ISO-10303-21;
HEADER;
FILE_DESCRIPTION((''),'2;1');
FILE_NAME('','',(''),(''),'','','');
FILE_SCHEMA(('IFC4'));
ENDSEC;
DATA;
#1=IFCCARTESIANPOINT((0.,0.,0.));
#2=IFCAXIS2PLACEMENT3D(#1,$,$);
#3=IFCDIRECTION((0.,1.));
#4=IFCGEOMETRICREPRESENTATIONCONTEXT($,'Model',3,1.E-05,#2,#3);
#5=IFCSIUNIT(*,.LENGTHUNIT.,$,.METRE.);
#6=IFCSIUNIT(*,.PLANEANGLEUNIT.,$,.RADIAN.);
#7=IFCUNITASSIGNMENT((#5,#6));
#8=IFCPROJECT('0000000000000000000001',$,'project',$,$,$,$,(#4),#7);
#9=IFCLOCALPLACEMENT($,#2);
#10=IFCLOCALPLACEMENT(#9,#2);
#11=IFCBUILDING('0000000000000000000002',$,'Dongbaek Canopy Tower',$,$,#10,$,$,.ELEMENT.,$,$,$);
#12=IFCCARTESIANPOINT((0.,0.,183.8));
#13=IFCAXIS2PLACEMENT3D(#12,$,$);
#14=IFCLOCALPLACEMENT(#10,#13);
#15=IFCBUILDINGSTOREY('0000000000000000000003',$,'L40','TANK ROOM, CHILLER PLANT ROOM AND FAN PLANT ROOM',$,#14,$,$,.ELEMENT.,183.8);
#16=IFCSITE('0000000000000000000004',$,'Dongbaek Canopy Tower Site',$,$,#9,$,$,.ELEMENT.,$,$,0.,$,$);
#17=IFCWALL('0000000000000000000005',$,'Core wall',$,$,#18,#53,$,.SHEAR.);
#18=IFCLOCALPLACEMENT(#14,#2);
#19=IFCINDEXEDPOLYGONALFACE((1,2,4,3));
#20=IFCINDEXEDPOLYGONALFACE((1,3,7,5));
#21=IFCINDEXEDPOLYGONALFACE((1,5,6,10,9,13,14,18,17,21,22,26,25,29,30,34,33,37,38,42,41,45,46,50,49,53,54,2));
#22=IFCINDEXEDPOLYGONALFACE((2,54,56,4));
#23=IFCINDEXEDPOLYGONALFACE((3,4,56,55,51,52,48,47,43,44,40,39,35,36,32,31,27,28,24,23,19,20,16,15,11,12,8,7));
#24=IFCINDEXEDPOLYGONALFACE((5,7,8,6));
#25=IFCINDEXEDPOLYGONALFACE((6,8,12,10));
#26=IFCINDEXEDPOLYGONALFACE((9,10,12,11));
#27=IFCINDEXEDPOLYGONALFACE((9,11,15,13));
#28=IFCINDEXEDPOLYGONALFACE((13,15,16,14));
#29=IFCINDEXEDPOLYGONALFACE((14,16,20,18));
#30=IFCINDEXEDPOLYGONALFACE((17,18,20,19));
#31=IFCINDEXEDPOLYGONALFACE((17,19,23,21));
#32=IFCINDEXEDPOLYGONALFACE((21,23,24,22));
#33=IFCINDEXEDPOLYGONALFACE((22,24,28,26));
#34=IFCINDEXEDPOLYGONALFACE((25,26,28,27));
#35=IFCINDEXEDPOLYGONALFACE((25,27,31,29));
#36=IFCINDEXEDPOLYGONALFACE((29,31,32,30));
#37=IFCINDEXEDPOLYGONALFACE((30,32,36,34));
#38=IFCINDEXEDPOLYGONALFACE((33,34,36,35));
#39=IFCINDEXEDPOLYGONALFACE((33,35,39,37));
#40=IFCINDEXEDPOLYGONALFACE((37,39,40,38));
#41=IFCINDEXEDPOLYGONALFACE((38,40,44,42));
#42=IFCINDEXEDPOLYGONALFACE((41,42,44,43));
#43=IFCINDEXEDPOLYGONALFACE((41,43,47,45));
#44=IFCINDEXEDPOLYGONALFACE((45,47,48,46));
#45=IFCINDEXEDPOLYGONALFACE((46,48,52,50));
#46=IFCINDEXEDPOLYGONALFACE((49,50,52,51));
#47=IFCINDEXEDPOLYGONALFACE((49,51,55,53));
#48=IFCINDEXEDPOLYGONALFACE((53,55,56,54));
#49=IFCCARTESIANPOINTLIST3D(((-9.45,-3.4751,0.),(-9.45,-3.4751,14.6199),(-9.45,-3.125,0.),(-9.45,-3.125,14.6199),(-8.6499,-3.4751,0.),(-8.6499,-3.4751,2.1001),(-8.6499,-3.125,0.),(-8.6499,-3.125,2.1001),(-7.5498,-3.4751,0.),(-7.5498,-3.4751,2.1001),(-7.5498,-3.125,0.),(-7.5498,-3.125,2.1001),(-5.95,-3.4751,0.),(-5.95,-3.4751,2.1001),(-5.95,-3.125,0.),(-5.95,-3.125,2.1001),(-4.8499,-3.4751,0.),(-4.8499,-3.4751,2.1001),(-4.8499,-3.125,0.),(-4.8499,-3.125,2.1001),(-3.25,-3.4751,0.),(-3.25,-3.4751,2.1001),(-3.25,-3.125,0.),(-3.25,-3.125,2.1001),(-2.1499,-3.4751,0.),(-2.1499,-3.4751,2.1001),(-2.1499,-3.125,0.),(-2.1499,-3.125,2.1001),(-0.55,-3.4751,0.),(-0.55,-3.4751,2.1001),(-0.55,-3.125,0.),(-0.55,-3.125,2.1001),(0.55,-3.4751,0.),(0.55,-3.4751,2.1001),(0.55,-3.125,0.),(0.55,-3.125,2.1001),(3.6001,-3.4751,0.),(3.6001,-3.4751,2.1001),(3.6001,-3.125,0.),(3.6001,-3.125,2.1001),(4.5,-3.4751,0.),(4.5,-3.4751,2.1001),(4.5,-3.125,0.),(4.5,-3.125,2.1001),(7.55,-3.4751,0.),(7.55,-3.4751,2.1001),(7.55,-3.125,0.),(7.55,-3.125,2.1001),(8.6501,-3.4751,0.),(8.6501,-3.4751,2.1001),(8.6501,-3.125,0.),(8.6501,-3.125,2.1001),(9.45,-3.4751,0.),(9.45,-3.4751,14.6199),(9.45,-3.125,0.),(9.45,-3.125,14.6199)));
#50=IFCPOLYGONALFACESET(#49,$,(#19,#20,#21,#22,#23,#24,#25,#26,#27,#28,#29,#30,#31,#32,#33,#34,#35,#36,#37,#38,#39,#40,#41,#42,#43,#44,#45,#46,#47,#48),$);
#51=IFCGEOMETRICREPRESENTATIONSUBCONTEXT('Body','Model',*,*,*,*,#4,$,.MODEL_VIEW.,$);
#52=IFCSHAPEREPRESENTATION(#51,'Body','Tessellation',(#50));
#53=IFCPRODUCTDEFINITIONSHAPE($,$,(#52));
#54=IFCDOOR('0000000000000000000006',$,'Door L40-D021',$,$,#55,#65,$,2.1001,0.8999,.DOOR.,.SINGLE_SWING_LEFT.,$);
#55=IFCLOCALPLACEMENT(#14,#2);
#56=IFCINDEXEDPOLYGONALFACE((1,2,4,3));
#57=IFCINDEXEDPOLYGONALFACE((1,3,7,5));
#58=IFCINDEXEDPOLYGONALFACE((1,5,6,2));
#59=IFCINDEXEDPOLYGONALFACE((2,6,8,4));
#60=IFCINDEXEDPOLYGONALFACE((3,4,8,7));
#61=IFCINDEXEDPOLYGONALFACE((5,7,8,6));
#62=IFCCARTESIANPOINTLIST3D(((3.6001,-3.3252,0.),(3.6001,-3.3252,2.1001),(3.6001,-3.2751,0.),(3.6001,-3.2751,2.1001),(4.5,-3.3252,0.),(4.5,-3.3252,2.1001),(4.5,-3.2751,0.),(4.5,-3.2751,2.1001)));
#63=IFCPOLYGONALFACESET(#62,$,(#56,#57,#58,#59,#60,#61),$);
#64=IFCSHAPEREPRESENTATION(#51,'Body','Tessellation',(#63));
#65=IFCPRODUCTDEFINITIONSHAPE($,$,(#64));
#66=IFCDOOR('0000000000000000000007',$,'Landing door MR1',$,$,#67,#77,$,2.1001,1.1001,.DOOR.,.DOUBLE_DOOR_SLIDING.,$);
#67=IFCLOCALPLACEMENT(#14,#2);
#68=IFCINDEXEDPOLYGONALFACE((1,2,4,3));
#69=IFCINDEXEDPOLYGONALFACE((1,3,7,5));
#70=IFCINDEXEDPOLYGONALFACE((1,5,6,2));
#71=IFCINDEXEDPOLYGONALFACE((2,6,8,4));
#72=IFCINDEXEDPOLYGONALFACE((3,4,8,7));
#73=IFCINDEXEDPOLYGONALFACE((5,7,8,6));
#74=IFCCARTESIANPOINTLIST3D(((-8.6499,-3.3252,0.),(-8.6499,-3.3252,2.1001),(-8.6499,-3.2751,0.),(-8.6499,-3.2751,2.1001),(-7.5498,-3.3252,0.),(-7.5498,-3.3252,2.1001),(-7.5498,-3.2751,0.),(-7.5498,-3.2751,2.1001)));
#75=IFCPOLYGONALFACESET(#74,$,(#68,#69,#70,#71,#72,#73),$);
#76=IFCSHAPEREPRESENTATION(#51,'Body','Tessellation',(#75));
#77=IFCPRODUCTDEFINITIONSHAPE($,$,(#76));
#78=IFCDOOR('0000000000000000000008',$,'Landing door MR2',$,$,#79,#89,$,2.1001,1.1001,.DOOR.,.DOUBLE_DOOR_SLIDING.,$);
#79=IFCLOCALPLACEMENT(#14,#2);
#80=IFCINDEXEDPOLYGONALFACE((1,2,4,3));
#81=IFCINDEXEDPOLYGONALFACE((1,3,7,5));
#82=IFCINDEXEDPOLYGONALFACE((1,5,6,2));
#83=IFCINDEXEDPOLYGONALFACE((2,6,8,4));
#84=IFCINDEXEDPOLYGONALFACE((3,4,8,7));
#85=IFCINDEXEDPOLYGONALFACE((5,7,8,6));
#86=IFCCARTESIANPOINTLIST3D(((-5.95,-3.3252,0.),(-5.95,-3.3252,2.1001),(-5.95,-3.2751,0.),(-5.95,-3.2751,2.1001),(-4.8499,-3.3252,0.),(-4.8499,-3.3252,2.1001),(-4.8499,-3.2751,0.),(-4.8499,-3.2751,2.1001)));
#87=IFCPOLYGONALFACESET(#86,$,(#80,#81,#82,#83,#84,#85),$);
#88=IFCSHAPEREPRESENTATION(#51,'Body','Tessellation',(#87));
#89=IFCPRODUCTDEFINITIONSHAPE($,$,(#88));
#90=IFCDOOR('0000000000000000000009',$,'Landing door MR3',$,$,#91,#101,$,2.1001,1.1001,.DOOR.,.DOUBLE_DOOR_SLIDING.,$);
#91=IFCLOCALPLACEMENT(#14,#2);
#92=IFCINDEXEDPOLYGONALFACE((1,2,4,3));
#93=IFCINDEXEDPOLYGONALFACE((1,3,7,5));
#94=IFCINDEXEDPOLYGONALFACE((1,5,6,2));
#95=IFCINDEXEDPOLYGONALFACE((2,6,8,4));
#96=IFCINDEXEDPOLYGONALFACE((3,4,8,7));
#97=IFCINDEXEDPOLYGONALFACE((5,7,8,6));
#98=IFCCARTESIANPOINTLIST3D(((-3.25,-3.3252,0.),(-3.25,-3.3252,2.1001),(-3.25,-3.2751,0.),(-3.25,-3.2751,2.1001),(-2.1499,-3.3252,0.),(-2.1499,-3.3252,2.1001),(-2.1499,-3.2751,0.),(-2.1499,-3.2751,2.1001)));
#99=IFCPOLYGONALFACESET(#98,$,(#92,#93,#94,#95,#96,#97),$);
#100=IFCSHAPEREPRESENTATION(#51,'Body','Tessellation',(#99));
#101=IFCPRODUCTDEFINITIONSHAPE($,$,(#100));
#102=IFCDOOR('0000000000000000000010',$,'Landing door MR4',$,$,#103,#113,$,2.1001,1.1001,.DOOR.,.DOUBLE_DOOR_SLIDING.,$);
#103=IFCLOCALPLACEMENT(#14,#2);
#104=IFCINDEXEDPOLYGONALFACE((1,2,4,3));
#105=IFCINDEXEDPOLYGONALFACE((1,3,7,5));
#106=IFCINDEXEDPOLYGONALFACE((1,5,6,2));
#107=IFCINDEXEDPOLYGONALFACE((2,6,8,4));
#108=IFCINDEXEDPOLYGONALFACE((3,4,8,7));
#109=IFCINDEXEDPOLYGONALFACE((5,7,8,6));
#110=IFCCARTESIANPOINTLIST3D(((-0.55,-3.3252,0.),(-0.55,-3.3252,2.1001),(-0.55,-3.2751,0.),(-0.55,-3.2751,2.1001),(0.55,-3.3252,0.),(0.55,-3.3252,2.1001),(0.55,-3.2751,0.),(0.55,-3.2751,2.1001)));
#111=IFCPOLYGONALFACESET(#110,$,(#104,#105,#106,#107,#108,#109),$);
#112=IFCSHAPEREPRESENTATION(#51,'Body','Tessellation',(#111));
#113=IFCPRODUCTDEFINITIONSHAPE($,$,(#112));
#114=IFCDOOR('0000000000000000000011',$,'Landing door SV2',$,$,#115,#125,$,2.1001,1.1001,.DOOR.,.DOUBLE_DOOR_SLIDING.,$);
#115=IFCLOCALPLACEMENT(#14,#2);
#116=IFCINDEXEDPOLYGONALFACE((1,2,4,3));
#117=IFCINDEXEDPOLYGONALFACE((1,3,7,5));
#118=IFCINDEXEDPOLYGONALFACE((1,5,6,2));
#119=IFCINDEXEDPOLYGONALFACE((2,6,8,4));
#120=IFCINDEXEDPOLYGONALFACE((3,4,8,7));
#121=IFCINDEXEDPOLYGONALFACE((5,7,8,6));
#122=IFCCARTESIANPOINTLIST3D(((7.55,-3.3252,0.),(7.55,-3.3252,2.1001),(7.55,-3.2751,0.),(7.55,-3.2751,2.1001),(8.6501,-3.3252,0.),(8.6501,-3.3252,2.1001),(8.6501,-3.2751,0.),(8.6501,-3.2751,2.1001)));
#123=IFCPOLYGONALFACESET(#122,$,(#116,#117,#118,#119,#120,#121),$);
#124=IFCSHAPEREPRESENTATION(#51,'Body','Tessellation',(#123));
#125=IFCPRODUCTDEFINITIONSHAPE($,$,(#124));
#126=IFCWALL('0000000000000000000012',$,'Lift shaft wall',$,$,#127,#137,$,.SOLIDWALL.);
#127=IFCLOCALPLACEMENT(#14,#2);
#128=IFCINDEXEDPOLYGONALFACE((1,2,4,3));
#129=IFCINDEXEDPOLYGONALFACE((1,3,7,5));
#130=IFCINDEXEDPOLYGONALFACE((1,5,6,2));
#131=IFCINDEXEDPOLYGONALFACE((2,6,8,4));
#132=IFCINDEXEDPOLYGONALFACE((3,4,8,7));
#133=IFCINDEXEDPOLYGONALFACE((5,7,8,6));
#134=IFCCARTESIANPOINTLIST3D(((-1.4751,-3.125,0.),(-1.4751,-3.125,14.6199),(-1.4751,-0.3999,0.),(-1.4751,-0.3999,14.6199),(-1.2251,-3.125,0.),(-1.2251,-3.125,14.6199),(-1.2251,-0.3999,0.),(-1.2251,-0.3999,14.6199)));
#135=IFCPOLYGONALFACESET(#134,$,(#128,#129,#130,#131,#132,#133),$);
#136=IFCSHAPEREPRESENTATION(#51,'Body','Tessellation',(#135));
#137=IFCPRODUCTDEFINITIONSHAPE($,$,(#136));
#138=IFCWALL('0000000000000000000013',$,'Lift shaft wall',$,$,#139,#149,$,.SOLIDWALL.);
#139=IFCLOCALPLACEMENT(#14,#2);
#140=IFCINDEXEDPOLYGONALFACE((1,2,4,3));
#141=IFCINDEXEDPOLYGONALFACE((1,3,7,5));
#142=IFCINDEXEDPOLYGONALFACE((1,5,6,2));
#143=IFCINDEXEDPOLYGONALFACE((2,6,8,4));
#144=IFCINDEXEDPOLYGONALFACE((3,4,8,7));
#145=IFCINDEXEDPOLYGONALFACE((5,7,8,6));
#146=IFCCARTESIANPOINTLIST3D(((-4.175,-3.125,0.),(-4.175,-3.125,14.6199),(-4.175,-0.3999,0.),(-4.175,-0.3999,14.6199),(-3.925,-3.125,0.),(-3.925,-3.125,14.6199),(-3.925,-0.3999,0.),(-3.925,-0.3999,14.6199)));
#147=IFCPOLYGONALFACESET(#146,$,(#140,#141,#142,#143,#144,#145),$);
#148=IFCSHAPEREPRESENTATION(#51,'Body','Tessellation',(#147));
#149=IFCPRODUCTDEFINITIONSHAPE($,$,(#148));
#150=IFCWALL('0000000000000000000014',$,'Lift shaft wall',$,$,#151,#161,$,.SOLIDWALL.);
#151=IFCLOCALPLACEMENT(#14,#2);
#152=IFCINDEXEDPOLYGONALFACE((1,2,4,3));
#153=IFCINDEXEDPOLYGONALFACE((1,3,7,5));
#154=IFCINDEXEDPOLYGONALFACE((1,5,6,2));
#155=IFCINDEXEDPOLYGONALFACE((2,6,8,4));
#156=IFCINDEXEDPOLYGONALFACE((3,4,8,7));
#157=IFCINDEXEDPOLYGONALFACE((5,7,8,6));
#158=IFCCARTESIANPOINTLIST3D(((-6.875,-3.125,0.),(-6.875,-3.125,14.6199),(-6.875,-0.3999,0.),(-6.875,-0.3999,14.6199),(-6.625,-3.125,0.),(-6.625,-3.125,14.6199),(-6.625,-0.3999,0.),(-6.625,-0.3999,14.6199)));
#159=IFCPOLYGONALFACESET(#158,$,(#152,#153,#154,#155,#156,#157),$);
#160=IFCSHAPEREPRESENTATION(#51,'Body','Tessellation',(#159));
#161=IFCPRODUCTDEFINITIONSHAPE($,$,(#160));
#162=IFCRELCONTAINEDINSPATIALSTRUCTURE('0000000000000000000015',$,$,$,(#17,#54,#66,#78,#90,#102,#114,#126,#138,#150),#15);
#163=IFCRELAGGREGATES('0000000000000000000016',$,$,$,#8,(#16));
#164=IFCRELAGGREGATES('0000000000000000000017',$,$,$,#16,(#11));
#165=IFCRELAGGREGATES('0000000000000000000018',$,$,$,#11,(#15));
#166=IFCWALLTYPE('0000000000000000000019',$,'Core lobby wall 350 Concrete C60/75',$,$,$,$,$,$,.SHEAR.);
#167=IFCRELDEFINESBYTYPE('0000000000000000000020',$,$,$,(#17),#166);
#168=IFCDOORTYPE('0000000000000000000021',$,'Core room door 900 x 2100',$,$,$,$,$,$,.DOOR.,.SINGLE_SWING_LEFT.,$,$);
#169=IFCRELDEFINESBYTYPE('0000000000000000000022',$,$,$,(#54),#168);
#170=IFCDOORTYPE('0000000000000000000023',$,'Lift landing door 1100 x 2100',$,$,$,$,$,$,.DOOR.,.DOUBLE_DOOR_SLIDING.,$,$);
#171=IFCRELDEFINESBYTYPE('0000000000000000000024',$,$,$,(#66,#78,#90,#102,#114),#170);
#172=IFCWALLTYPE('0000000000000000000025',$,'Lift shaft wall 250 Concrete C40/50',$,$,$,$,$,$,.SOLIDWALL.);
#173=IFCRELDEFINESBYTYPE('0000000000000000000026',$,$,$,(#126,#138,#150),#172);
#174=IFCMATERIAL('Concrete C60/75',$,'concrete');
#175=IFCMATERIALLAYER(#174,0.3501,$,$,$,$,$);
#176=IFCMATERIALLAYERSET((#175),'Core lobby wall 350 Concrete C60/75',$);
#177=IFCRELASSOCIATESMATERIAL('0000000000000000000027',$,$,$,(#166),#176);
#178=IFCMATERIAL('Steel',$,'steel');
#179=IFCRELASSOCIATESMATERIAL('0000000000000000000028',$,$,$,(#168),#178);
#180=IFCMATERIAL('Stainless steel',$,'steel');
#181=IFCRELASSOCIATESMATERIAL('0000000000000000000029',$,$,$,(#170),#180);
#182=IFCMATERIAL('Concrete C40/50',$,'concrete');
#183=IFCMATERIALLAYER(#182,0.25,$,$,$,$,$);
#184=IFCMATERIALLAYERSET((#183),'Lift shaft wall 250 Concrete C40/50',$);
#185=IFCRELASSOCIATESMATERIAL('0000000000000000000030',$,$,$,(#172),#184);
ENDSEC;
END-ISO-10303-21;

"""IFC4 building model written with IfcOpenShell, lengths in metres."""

from ifc_helpers import new_model, si_unit, direction, frame, frame_2d, origin, place, context, subcontext, project, spatial, rectangle, extrude, material, layer, layer_set, type_object, element, fill, save


model = new_model("IFC4")

# Units and contexts
model_context = context("Model", 3, precision=1e-05, world=origin(), true_north=direction((0.0, 1.0)))
body_context = subcontext(model_context, "Body", "Model", "MODEL_VIEW")
ifc_project = project(units=[si_unit("LENGTHUNIT", "METRE"), si_unit("PLANEANGLEUNIT", "RADIAN")], contexts=[model_context])

# Site, building, storey
site_placement = place(None, origin())
site = spatial("IfcSite", under=ifc_project, at=site_placement, Name="Dongbaek Canopy Tower Site", CompositionType="ELEMENT", RefElevation=0.0)
building_placement = place(site_placement, origin())
building = spatial("IfcBuilding", under=site, at=building_placement, Name="Dongbaek Canopy Tower", CompositionType="ELEMENT")
storey_placement = place(building_placement, frame((0.0, 0.0, 183.8)))
storey = spatial("IfcBuildingStorey", under=building, at=storey_placement, Name="L40", Description="TANK ROOM, CHILLER PLANT ROOM AND FAN PLANT ROOM", CompositionType="ELEMENT", Elevation=183.8)

# Wall, openings, doors
ifc_material_1 = material(Name="Concrete C60/75", Category="concrete")
ifc_layer_1 = layer(ifc_material_1, 0.3501)
ifc_layer_set_1 = layer_set([ifc_layer_1], Name="Core lobby wall 350 Concrete C60/75")
wall_type_1 = type_object("IfcWallType", Name="Core lobby wall 350 Concrete C60/75", PredefinedType="SHEAR", material=ifc_layer_set_1)
wall_1_placement = place(storey_placement, frame((-9.45, -3.3, 0.0), z_axis=(0.0, 0.0, 1.0), x_axis=(1.0, 0.0, 0.0)))
wall_1 = element("IfcWall", 1, at=wall_1_placement, inside=storey, type_object=wall_type_1, Name="Core wall", PredefinedType="SHEAR", context=body_context, shape_type="SweptSolid", body=[
    extrude(rectangle(XDim=18.8999, YDim=0.3501, at=frame_2d((9.45, 0.0))), origin(), (0.0, 0.0, 1.0), 14.6199),
])
opening_1_placement = place(wall_1_placement, frame((0.8, 0.0, 0.0)))
opening_1 = element("IfcOpeningElement", 2, at=opening_1_placement, cuts=wall_1, PredefinedType="OPENING", context=body_context, shape_type="SweptSolid", body=[
    extrude(rectangle(XDim=1.1001, YDim=2.1001, at=frame_2d((0.55, 1.05))), frame((0.0, 0.1851, 0.0), z_axis=(0.0, -1.0, 0.0), x_axis=(1.0, 0.0, 0.0)), (0.0, 0.0, 1.0), 0.3701),
])
opening_2_placement = place(wall_1_placement, frame((3.5, 0.0, 0.0)))
opening_2 = element("IfcOpeningElement", 3, at=opening_2_placement, cuts=wall_1, PredefinedType="OPENING", context=body_context, shape_type="SweptSolid", body=[
    extrude(rectangle(XDim=1.1001, YDim=2.1001, at=frame_2d((0.55, 1.05))), frame((0.0, 0.1851, 0.0), z_axis=(0.0, -1.0, 0.0), x_axis=(1.0, 0.0, 0.0)), (0.0, 0.0, 1.0), 0.3701),
])
opening_3_placement = place(wall_1_placement, frame((6.2, 0.0, 0.0)))
opening_3 = element("IfcOpeningElement", 4, at=opening_3_placement, cuts=wall_1, PredefinedType="OPENING", context=body_context, shape_type="SweptSolid", body=[
    extrude(rectangle(XDim=1.1001, YDim=2.1001, at=frame_2d((0.55, 1.05))), frame((0.0, 0.1851, 0.0), z_axis=(0.0, -1.0, 0.0), x_axis=(1.0, 0.0, 0.0)), (0.0, 0.0, 1.0), 0.3701),
])
opening_4_placement = place(wall_1_placement, frame((8.8999, 0.0, 0.0)))
opening_4 = element("IfcOpeningElement", 5, at=opening_4_placement, cuts=wall_1, PredefinedType="OPENING", context=body_context, shape_type="SweptSolid", body=[
    extrude(rectangle(XDim=1.1001, YDim=2.1001, at=frame_2d((0.55, 1.05))), frame((0.0, 0.1851, 0.0), z_axis=(0.0, -1.0, 0.0), x_axis=(1.0, 0.0, 0.0)), (0.0, 0.0, 1.0), 0.3701),
])
opening_5_placement = place(wall_1_placement, frame((17.0, 0.0, 0.0)))
opening_5 = element("IfcOpeningElement", 6, at=opening_5_placement, cuts=wall_1, PredefinedType="OPENING", context=body_context, shape_type="SweptSolid", body=[
    extrude(rectangle(XDim=1.1001, YDim=2.1001, at=frame_2d((0.55, 1.05))), frame((0.0, 0.1851, 0.0), z_axis=(0.0, -1.0, 0.0), x_axis=(1.0, 0.0, 0.0)), (0.0, 0.0, 1.0), 0.3701),
])
opening_6_placement = place(wall_1_placement, frame((13.05, 0.0, 0.0)))
opening_6 = element("IfcOpeningElement", 7, at=opening_6_placement, cuts=wall_1, PredefinedType="OPENING", context=body_context, shape_type="SweptSolid", body=[
    extrude(rectangle(XDim=0.8999, YDim=2.1001, at=frame_2d((0.45, 1.05))), frame((0.0, 0.1851, 0.0), z_axis=(0.0, -1.0, 0.0), x_axis=(1.0, 0.0, 0.0)), (0.0, 0.0, 1.0), 0.3701),
])
ifc_material_2 = material(Name="Steel", Category="steel")
door_type_1 = type_object("IfcDoorType", Name="Core room door 900 x 2100", OperationType="SINGLE_SWING_LEFT", PredefinedType="DOOR", material=ifc_material_2)
door_1_placement = place(opening_6_placement, origin())
door_1 = element("IfcDoor", 8, at=door_1_placement, inside=storey, type_object=door_type_1, Name="Door L40-D021", OperationType="SINGLE_SWING_LEFT", OverallHeight=2.1001, OverallWidth=0.8999, PredefinedType="DOOR", context=body_context, shape_type="SweptSolid", body=[
    extrude(rectangle(XDim=0.8999, YDim=2.1001, at=frame_2d((0.45, 1.05))), frame((0.0, 0.0249, 0.0), z_axis=(0.0, -1.0, 0.0), x_axis=(1.0, 0.0, 0.0)), (0.0, 0.0, 1.0), 0.05),
])
fill(opening_6, door_1)
ifc_material_3 = material(Name="Stainless steel", Category="steel")
door_type_2 = type_object("IfcDoorType", Name="Lift landing door 1100 x 2100", OperationType="DOUBLE_DOOR_SLIDING", PredefinedType="DOOR", material=ifc_material_3)
door_2_placement = place(opening_1_placement, origin())
door_2 = element("IfcDoor", 9, at=door_2_placement, inside=storey, type_object=door_type_2, Name="Landing door MR1", OperationType="DOUBLE_DOOR_SLIDING", OverallHeight=2.1001, OverallWidth=1.1001, PredefinedType="DOOR", context=body_context, shape_type="SweptSolid", body=[
    extrude(rectangle(XDim=1.1001, YDim=2.1001, at=frame_2d((0.55, 1.05))), frame((0.0, 0.0249, 0.0), z_axis=(0.0, -1.0, 0.0), x_axis=(1.0, 0.0, 0.0)), (0.0, 0.0, 1.0), 0.05),
])
fill(opening_1, door_2)
door_3_placement = place(opening_2_placement, origin())
door_3 = element("IfcDoor", 10, at=door_3_placement, inside=storey, type_object=door_type_2, Name="Landing door MR2", OperationType="DOUBLE_DOOR_SLIDING", OverallHeight=2.1001, OverallWidth=1.1001, PredefinedType="DOOR", context=body_context, shape_type="SweptSolid", body=[
    extrude(rectangle(XDim=1.1001, YDim=2.1001, at=frame_2d((0.55, 1.05))), frame((0.0, 0.0249, 0.0), z_axis=(0.0, -1.0, 0.0), x_axis=(1.0, 0.0, 0.0)), (0.0, 0.0, 1.0), 0.05),
])
fill(opening_2, door_3)
door_4_placement = place(opening_3_placement, origin())
door_4 = element("IfcDoor", 11, at=door_4_placement, inside=storey, type_object=door_type_2, Name="Landing door MR3", OperationType="DOUBLE_DOOR_SLIDING", OverallHeight=2.1001, OverallWidth=1.1001, PredefinedType="DOOR", context=body_context, shape_type="SweptSolid", body=[
    extrude(rectangle(XDim=1.1001, YDim=2.1001, at=frame_2d((0.55, 1.05))), frame((0.0, 0.0249, 0.0), z_axis=(0.0, -1.0, 0.0), x_axis=(1.0, 0.0, 0.0)), (0.0, 0.0, 1.0), 0.05),
])
fill(opening_3, door_4)
door_5_placement = place(opening_4_placement, origin())
door_5 = element("IfcDoor", 12, at=door_5_placement, inside=storey, type_object=door_type_2, Name="Landing door MR4", OperationType="DOUBLE_DOOR_SLIDING", OverallHeight=2.1001, OverallWidth=1.1001, PredefinedType="DOOR", context=body_context, shape_type="SweptSolid", body=[
    extrude(rectangle(XDim=1.1001, YDim=2.1001, at=frame_2d((0.55, 1.05))), frame((0.0, 0.0249, 0.0), z_axis=(0.0, -1.0, 0.0), x_axis=(1.0, 0.0, 0.0)), (0.0, 0.0, 1.0), 0.05),
])
fill(opening_4, door_5)
door_6_placement = place(opening_5_placement, origin())
door_6 = element("IfcDoor", 13, at=door_6_placement, inside=storey, type_object=door_type_2, Name="Landing door SV2", OperationType="DOUBLE_DOOR_SLIDING", OverallHeight=2.1001, OverallWidth=1.1001, PredefinedType="DOOR", context=body_context, shape_type="SweptSolid", body=[
    extrude(rectangle(XDim=1.1001, YDim=2.1001, at=frame_2d((0.55, 1.05))), frame((0.0, 0.0249, 0.0), z_axis=(0.0, -1.0, 0.0), x_axis=(1.0, 0.0, 0.0)), (0.0, 0.0, 1.0), 0.05),
])
fill(opening_5, door_6)

# Walls
ifc_material_4 = material(Name="Concrete C40/50", Category="concrete")
ifc_layer_2 = layer(ifc_material_4, 0.25)
ifc_layer_set_2 = layer_set([ifc_layer_2], Name="Lift shaft wall 250 Concrete C40/50")
wall_type_2 = type_object("IfcWallType", Name="Lift shaft wall 250 Concrete C40/50", PredefinedType="SOLIDWALL", material=ifc_layer_set_2)
for number, where, z_axis, x_axis, name in (
    (14, (-1.3501, -3.125, 0.0), (0.0, 0.0, 1.0), (0.0, 1.0, 0.0), "Lift shaft wall"),
    (15, (-4.05, -3.125, 0.0), (0.0, 0.0, 1.0), (0.0, 1.0, 0.0), "Lift shaft wall"),
    (16, (-6.75, -3.125, 0.0), (0.0, 0.0, 1.0), (0.0, 1.0, 0.0), "Lift shaft wall"),
):
    element("IfcWall", number, at=place(storey_placement, frame(where, z_axis=z_axis, x_axis=x_axis)), inside=storey, type_object=wall_type_2, Name=name, PredefinedType="SOLIDWALL", context=body_context, shape_type="SweptSolid", body=[
        extrude(rectangle(XDim=2.7251, YDim=0.25, at=frame_2d((1.3625, 0.0))), origin(), (0.0, 0.0, 1.0), 14.6199),
    ])

save(model, "model.ifc")
